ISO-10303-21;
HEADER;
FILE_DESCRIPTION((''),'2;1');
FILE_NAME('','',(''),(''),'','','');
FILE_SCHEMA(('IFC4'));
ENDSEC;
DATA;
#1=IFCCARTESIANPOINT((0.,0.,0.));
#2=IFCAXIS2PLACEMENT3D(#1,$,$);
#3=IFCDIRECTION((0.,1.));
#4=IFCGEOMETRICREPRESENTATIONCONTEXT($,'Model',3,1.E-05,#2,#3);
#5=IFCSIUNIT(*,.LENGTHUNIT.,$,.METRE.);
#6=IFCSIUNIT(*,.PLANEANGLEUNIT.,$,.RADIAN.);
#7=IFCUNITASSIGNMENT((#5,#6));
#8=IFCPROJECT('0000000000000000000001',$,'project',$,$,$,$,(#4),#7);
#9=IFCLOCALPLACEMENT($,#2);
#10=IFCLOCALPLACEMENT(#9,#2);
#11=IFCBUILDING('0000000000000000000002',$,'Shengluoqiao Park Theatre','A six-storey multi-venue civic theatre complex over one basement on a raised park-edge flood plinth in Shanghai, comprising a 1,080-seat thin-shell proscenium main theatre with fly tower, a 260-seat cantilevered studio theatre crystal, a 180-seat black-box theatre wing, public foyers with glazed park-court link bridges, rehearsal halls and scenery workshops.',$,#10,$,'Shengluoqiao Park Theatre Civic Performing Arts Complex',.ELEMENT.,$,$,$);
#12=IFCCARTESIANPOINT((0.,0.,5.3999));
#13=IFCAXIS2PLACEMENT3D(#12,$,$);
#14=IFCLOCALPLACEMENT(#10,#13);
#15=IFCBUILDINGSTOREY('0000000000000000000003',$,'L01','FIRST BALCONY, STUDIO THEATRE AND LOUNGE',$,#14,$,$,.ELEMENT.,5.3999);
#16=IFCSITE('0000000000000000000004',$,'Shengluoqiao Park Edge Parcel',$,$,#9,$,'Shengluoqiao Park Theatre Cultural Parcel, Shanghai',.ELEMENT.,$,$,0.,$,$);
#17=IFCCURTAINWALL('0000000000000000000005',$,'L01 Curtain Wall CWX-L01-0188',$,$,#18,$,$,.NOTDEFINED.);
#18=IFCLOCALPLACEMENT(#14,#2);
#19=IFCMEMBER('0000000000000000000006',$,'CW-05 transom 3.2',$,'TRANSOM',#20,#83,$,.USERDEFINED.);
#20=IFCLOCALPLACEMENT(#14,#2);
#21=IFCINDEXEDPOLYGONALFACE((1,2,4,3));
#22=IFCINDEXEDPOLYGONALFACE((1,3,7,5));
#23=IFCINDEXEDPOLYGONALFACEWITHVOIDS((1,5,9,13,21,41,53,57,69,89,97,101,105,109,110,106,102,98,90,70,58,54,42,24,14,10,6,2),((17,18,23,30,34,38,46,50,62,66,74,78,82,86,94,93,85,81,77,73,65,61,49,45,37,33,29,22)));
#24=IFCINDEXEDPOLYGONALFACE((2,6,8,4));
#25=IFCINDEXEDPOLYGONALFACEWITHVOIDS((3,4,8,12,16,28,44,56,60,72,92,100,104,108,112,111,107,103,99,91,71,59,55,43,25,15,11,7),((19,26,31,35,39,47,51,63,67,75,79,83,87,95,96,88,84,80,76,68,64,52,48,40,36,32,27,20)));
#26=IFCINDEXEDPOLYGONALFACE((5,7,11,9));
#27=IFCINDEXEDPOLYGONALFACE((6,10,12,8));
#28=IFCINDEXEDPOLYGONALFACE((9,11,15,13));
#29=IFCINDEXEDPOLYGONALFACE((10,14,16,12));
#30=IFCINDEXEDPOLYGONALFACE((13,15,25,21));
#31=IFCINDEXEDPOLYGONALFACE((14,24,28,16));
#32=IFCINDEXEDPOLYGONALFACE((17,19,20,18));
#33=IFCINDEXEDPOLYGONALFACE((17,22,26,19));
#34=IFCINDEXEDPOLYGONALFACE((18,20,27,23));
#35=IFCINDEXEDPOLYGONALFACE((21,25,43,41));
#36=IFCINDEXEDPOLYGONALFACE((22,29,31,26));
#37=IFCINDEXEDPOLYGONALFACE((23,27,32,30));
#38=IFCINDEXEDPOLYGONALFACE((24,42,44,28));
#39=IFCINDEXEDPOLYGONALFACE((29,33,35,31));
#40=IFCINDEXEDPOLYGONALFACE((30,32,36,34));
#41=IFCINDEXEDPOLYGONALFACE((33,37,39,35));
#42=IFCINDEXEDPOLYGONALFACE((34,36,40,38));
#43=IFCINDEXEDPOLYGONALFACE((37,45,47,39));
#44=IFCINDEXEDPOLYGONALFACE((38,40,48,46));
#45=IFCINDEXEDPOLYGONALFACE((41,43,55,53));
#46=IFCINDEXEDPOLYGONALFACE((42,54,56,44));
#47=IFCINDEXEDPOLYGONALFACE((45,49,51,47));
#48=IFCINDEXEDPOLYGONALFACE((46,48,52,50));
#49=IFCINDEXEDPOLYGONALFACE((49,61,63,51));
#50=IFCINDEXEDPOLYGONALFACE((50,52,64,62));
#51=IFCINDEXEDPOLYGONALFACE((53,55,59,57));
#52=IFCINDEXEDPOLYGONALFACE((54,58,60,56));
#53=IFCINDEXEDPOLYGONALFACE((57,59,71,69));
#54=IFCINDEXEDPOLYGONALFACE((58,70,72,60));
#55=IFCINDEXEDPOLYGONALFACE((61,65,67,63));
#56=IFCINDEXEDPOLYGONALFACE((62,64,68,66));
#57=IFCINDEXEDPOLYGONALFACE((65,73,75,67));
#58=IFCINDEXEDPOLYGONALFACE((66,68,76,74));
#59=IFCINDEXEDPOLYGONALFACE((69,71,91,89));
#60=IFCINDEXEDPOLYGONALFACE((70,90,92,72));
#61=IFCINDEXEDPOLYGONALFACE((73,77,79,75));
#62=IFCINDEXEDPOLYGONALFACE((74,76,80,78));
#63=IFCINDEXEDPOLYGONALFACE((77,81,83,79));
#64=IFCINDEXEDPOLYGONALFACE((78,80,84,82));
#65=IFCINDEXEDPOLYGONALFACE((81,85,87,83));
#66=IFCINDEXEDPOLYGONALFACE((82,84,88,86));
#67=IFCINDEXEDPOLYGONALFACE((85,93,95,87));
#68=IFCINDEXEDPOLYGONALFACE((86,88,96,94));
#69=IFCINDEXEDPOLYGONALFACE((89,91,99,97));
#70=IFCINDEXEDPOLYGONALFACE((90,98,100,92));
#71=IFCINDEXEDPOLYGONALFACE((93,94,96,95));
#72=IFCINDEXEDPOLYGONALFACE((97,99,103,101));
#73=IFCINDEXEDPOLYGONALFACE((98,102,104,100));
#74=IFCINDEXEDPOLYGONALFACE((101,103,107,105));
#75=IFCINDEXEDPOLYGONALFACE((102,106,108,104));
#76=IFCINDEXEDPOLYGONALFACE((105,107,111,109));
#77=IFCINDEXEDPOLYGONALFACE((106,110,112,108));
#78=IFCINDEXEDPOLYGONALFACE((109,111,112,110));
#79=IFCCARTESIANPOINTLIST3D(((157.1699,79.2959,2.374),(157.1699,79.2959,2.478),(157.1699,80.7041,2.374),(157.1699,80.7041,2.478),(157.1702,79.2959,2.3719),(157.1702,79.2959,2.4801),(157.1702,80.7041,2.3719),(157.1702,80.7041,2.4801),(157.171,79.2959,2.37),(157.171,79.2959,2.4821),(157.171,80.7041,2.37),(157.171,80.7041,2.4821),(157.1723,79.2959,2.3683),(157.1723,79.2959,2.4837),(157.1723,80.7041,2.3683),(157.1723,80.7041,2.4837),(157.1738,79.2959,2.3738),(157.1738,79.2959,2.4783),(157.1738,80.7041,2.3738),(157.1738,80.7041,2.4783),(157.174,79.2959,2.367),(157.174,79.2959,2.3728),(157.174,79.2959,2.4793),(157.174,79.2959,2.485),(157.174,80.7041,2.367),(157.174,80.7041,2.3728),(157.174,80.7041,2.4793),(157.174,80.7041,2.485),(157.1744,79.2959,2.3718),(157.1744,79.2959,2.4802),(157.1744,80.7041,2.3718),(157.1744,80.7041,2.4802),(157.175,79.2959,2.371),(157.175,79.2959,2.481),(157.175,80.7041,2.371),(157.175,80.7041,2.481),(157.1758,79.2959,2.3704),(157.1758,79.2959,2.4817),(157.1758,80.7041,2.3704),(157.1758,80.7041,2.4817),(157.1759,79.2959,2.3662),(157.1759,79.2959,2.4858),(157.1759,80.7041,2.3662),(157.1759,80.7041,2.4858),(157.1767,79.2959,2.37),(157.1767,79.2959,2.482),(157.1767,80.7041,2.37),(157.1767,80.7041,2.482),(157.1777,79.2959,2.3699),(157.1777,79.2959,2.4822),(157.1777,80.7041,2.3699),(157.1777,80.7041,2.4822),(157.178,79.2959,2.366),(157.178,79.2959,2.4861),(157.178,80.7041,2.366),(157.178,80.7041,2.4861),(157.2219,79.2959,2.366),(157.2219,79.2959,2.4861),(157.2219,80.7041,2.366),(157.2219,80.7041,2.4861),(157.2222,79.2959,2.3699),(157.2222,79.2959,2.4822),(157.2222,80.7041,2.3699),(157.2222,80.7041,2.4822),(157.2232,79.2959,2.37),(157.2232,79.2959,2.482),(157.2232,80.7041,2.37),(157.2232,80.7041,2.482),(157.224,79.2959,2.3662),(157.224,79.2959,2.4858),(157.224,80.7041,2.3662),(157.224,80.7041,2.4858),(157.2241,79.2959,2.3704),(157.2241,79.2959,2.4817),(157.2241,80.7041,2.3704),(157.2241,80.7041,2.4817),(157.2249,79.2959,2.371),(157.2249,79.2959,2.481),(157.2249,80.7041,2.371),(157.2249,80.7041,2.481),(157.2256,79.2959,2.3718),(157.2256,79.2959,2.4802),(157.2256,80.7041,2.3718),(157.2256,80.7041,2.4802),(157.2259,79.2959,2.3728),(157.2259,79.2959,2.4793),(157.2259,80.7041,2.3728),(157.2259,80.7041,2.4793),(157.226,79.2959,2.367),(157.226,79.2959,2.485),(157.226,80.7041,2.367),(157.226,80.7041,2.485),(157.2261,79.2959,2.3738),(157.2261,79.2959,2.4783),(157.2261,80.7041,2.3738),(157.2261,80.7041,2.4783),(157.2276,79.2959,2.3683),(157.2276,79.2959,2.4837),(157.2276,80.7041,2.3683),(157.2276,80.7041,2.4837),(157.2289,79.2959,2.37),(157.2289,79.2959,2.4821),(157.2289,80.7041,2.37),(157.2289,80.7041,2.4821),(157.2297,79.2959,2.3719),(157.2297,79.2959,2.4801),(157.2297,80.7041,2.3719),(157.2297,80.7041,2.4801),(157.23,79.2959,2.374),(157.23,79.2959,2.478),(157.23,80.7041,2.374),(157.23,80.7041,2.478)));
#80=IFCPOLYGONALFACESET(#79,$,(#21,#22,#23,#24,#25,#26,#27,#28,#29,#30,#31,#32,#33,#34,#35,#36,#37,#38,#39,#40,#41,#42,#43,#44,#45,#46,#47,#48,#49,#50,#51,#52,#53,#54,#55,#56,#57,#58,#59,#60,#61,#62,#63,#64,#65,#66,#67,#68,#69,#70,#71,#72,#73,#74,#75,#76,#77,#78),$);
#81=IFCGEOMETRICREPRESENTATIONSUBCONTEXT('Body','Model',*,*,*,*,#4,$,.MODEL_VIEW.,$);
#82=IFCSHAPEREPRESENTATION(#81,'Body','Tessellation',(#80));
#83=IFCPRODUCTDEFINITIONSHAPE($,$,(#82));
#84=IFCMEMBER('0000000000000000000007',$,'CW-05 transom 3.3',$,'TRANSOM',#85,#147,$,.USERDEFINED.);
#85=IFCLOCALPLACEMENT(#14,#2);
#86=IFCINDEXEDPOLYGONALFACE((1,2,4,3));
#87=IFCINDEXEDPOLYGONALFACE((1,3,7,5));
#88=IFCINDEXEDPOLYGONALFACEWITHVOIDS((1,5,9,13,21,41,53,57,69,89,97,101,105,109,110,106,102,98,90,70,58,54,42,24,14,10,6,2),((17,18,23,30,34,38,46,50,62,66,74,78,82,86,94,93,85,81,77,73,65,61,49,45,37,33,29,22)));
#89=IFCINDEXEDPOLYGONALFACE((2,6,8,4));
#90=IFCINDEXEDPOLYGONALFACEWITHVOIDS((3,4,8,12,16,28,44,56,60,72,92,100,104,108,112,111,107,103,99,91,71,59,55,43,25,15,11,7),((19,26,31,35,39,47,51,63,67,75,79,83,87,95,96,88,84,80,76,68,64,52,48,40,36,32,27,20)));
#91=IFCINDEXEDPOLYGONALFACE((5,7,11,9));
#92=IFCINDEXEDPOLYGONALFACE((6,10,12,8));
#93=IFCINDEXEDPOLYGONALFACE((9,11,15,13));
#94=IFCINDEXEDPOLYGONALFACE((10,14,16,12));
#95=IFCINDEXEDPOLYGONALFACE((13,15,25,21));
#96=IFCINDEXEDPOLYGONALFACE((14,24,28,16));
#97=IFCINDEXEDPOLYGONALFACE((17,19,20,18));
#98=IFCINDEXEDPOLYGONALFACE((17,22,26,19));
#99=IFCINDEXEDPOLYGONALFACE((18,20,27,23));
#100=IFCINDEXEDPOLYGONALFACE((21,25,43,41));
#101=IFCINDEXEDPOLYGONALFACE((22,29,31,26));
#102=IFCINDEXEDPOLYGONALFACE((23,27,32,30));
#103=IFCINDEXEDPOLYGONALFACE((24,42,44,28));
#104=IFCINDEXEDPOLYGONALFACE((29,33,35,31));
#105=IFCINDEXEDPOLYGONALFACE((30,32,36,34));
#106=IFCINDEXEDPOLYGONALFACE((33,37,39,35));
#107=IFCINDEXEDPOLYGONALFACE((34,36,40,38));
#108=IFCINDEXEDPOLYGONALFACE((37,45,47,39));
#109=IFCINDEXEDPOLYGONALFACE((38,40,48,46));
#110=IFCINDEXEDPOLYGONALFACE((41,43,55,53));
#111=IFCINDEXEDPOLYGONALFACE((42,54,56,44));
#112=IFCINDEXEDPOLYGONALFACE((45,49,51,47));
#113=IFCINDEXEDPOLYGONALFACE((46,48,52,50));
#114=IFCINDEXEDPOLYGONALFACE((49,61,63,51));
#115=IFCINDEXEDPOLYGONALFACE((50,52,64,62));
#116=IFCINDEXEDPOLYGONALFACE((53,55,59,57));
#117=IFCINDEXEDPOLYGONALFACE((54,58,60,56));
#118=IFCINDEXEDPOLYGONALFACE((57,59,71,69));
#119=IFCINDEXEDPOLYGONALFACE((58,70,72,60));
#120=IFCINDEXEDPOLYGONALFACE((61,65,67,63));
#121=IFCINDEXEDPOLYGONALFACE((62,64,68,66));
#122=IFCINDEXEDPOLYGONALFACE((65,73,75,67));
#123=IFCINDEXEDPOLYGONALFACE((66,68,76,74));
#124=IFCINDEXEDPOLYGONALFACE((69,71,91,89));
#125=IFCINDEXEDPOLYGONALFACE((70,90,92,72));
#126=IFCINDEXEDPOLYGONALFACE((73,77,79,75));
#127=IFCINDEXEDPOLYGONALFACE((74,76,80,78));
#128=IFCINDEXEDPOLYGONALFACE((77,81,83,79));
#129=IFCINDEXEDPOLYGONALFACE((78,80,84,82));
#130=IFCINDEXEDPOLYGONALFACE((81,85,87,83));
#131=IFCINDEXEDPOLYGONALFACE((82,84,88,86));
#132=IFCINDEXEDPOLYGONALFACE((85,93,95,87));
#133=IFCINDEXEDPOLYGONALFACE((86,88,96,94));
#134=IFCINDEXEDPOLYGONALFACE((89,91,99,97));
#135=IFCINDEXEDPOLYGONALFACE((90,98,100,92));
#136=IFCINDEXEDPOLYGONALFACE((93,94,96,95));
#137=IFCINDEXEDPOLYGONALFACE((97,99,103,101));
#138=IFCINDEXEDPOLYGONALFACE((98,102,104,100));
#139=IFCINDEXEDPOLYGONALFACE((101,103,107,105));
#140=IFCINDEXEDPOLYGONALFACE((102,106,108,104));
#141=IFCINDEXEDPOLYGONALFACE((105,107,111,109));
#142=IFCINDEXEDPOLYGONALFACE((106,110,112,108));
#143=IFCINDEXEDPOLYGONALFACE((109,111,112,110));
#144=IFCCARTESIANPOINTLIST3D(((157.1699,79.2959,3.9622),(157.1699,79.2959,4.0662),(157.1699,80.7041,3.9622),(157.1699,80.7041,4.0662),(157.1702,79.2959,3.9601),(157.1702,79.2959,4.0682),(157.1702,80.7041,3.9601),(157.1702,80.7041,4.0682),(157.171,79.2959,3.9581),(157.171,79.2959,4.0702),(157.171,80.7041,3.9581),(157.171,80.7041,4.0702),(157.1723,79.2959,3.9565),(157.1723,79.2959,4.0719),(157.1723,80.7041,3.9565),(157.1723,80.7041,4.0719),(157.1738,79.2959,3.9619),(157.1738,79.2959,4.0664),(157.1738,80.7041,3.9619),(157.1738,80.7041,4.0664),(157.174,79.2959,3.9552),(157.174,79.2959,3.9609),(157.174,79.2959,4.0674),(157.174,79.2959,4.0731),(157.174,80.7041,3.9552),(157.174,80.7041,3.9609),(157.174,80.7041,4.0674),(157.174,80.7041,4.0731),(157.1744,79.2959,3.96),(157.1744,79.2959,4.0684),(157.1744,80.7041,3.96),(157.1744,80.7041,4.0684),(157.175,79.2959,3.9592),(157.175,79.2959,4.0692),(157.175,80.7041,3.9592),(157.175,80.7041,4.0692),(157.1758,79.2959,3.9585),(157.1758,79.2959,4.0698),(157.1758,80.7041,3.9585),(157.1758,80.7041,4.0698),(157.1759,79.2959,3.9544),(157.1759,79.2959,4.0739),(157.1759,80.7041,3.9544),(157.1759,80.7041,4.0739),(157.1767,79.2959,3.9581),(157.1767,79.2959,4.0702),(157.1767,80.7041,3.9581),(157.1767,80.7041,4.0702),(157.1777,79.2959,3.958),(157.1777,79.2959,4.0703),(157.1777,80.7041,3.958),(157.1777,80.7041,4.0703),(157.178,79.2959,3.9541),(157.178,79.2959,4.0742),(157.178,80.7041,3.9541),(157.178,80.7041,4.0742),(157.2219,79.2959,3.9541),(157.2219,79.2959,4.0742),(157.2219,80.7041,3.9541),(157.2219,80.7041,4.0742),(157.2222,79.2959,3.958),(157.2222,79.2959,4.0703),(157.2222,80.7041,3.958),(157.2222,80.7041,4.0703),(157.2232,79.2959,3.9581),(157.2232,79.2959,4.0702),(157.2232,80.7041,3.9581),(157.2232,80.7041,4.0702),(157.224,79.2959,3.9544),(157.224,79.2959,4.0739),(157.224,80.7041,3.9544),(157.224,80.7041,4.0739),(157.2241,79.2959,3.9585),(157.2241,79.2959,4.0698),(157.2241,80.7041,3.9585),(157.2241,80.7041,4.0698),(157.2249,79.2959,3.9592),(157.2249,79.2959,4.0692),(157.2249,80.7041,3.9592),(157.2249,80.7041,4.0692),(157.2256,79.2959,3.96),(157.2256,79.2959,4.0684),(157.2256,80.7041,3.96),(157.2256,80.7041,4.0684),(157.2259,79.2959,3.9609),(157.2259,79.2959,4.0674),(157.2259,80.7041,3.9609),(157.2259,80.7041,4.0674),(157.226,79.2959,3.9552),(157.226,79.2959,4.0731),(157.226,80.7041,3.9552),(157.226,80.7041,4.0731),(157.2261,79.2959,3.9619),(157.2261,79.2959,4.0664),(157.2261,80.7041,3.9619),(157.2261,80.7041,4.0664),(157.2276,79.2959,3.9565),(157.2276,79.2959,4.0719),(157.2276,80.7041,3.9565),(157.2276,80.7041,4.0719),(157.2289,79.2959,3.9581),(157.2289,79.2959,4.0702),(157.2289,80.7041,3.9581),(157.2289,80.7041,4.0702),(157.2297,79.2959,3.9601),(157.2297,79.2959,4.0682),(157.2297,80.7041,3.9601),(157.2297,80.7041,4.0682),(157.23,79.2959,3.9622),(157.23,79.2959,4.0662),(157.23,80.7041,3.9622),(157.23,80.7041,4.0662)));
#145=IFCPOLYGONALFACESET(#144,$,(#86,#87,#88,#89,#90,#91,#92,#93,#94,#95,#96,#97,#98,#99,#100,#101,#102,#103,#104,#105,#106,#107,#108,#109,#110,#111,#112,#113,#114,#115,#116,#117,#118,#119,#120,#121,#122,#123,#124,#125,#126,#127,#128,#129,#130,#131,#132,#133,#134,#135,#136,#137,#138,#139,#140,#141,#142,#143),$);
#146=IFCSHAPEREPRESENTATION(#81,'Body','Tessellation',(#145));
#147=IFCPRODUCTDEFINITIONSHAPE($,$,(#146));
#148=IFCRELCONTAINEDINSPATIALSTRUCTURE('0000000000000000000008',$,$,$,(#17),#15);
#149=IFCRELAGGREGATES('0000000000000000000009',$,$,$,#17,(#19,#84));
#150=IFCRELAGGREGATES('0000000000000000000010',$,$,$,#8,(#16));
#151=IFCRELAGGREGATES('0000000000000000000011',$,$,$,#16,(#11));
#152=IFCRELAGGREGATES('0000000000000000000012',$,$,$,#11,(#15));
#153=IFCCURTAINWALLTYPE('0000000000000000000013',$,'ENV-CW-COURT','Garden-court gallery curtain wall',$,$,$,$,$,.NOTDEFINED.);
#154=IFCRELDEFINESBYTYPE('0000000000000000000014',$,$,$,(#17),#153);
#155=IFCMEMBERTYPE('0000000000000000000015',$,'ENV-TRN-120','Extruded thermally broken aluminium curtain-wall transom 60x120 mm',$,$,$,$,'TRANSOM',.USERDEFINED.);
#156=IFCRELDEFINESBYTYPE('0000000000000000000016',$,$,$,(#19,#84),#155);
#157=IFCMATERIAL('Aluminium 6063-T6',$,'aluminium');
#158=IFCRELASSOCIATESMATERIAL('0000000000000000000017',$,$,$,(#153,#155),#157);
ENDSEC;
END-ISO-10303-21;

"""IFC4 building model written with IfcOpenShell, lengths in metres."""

from ifc_helpers import new_model, si_unit, direction, frame, origin, origin_2d, place, context, subcontext, project, spatial, hollow_rectangle, extrude, material, material_profile, profile_set, type_object, element, aggregate, save


model = new_model("IFC4")

# Units and contexts
model_context = context("Model", 3, precision=1e-05, world=origin(), true_north=direction((0.0, 1.0)))
body_context = subcontext(model_context, "Body", "Model", "MODEL_VIEW")
ifc_project = project(units=[si_unit("LENGTHUNIT", "METRE"), si_unit("PLANEANGLEUNIT", "RADIAN")], contexts=[model_context])

# Site, building, storey
site_placement = place(None, origin())
site = spatial("IfcSite", under=ifc_project, at=site_placement, Name="Shengluoqiao Park Edge Parcel", LongName="Shengluoqiao Park Theatre Cultural Parcel, Shanghai", CompositionType="ELEMENT", RefElevation=0.0)
building_placement = place(site_placement, origin())
building = spatial("IfcBuilding", under=site, at=building_placement, Name="Shengluoqiao Park Theatre", Description="A six-storey multi-venue civic theatre complex over one basement on a raised park-edge flood plinth in Shanghai, comprising a 1,080-seat thin-shell proscenium main theatre with fly tower, a 260-seat cantilevered studio theatre crystal, a 180-seat black-box theatre wing, public foyers with glazed park-court link bridges, rehearsal halls and scenery workshops.", LongName="Shengluoqiao Park Theatre Civic Performing Arts Complex", CompositionType="ELEMENT")
storey_placement = place(building_placement, frame((0.0, 0.0, 5.3999)))
storey = spatial("IfcBuildingStorey", under=building, at=storey_placement, Name="L01", Description="FIRST BALCONY, STUDIO THEATRE AND LOUNGE", CompositionType="ELEMENT", Elevation=5.3999)

# Curtain wall
ifc_material_1 = material(Name="Aluminium 6063-T6", Category="aluminium")
curtain_wall_type_1 = type_object("IfcCurtainWallType", Name="ENV-CW-COURT", Description="Garden-court gallery curtain wall", PredefinedType="NOTDEFINED", material=ifc_material_1)
curtain_wall_1_placement = place(storey_placement, origin())
curtain_wall_1 = element("IfcCurtainWall", 1, at=curtain_wall_1_placement, inside=storey, type_object=curtain_wall_type_1, Name="L01 Curtain Wall CWX-L01-0188", PredefinedType="NOTDEFINED")

# Members
ifc_material_profile_1 = material_profile(ifc_material_1, hollow_rectangle(XDim=0.0601, YDim=0.1201, WallThickness=0.0039, InnerFilletRadius=0.0039, OuterFilletRadius=0.0081, at=origin_2d()), Name="ALU TRANSOM 120x60x4")
ifc_profile_set_1 = profile_set([ifc_material_profile_1], Name="Aluminium 6063-T6")
member_type_1 = type_object("IfcMemberType", Name="ENV-TRN-120", Description="Extruded thermally broken aluminium curtain-wall transom 60x120 mm", ElementType="TRANSOM", PredefinedType="USERDEFINED", material=ifc_profile_set_1)
member_1_placement = place(storey_placement, frame((157.2, 79.2959, 2.426), z_axis=(0.0, 1.0, 0.0), x_axis=(-1.0, 0.0, 0.0)))
member_1 = element("IfcMember", 2, at=member_1_placement, type_object=member_type_1, Name="CW-05 transom 3.2", ObjectType="TRANSOM", PredefinedType="USERDEFINED", context=body_context, shape_type="SweptSolid", body=[
    extrude(hollow_rectangle(XDim=0.0601, YDim=0.1201, WallThickness=0.0039, InnerFilletRadius=0.0039, OuterFilletRadius=0.0081, at=origin_2d()), origin(), (0.0, 0.0, 1.0), 1.4082),
])
member_2_placement = place(storey_placement, frame((157.2, 79.2959, 4.0142), z_axis=(0.0, 1.0, 0.0), x_axis=(-1.0, 0.0, 0.0)))
member_2 = element("IfcMember", 3, at=member_2_placement, type_object=member_type_1, Name="CW-05 transom 3.3", ObjectType="TRANSOM", PredefinedType="USERDEFINED", context=body_context, shape_type="SweptSolid", body=[
    extrude(hollow_rectangle(XDim=0.0601, YDim=0.1201, WallThickness=0.0039, InnerFilletRadius=0.0039, OuterFilletRadius=0.0081, at=origin_2d()), origin(), (0.0, 0.0, 1.0), 1.4082),
])

aggregate(curtain_wall_1, [member_1, member_2])

save(model, "model.ifc")
